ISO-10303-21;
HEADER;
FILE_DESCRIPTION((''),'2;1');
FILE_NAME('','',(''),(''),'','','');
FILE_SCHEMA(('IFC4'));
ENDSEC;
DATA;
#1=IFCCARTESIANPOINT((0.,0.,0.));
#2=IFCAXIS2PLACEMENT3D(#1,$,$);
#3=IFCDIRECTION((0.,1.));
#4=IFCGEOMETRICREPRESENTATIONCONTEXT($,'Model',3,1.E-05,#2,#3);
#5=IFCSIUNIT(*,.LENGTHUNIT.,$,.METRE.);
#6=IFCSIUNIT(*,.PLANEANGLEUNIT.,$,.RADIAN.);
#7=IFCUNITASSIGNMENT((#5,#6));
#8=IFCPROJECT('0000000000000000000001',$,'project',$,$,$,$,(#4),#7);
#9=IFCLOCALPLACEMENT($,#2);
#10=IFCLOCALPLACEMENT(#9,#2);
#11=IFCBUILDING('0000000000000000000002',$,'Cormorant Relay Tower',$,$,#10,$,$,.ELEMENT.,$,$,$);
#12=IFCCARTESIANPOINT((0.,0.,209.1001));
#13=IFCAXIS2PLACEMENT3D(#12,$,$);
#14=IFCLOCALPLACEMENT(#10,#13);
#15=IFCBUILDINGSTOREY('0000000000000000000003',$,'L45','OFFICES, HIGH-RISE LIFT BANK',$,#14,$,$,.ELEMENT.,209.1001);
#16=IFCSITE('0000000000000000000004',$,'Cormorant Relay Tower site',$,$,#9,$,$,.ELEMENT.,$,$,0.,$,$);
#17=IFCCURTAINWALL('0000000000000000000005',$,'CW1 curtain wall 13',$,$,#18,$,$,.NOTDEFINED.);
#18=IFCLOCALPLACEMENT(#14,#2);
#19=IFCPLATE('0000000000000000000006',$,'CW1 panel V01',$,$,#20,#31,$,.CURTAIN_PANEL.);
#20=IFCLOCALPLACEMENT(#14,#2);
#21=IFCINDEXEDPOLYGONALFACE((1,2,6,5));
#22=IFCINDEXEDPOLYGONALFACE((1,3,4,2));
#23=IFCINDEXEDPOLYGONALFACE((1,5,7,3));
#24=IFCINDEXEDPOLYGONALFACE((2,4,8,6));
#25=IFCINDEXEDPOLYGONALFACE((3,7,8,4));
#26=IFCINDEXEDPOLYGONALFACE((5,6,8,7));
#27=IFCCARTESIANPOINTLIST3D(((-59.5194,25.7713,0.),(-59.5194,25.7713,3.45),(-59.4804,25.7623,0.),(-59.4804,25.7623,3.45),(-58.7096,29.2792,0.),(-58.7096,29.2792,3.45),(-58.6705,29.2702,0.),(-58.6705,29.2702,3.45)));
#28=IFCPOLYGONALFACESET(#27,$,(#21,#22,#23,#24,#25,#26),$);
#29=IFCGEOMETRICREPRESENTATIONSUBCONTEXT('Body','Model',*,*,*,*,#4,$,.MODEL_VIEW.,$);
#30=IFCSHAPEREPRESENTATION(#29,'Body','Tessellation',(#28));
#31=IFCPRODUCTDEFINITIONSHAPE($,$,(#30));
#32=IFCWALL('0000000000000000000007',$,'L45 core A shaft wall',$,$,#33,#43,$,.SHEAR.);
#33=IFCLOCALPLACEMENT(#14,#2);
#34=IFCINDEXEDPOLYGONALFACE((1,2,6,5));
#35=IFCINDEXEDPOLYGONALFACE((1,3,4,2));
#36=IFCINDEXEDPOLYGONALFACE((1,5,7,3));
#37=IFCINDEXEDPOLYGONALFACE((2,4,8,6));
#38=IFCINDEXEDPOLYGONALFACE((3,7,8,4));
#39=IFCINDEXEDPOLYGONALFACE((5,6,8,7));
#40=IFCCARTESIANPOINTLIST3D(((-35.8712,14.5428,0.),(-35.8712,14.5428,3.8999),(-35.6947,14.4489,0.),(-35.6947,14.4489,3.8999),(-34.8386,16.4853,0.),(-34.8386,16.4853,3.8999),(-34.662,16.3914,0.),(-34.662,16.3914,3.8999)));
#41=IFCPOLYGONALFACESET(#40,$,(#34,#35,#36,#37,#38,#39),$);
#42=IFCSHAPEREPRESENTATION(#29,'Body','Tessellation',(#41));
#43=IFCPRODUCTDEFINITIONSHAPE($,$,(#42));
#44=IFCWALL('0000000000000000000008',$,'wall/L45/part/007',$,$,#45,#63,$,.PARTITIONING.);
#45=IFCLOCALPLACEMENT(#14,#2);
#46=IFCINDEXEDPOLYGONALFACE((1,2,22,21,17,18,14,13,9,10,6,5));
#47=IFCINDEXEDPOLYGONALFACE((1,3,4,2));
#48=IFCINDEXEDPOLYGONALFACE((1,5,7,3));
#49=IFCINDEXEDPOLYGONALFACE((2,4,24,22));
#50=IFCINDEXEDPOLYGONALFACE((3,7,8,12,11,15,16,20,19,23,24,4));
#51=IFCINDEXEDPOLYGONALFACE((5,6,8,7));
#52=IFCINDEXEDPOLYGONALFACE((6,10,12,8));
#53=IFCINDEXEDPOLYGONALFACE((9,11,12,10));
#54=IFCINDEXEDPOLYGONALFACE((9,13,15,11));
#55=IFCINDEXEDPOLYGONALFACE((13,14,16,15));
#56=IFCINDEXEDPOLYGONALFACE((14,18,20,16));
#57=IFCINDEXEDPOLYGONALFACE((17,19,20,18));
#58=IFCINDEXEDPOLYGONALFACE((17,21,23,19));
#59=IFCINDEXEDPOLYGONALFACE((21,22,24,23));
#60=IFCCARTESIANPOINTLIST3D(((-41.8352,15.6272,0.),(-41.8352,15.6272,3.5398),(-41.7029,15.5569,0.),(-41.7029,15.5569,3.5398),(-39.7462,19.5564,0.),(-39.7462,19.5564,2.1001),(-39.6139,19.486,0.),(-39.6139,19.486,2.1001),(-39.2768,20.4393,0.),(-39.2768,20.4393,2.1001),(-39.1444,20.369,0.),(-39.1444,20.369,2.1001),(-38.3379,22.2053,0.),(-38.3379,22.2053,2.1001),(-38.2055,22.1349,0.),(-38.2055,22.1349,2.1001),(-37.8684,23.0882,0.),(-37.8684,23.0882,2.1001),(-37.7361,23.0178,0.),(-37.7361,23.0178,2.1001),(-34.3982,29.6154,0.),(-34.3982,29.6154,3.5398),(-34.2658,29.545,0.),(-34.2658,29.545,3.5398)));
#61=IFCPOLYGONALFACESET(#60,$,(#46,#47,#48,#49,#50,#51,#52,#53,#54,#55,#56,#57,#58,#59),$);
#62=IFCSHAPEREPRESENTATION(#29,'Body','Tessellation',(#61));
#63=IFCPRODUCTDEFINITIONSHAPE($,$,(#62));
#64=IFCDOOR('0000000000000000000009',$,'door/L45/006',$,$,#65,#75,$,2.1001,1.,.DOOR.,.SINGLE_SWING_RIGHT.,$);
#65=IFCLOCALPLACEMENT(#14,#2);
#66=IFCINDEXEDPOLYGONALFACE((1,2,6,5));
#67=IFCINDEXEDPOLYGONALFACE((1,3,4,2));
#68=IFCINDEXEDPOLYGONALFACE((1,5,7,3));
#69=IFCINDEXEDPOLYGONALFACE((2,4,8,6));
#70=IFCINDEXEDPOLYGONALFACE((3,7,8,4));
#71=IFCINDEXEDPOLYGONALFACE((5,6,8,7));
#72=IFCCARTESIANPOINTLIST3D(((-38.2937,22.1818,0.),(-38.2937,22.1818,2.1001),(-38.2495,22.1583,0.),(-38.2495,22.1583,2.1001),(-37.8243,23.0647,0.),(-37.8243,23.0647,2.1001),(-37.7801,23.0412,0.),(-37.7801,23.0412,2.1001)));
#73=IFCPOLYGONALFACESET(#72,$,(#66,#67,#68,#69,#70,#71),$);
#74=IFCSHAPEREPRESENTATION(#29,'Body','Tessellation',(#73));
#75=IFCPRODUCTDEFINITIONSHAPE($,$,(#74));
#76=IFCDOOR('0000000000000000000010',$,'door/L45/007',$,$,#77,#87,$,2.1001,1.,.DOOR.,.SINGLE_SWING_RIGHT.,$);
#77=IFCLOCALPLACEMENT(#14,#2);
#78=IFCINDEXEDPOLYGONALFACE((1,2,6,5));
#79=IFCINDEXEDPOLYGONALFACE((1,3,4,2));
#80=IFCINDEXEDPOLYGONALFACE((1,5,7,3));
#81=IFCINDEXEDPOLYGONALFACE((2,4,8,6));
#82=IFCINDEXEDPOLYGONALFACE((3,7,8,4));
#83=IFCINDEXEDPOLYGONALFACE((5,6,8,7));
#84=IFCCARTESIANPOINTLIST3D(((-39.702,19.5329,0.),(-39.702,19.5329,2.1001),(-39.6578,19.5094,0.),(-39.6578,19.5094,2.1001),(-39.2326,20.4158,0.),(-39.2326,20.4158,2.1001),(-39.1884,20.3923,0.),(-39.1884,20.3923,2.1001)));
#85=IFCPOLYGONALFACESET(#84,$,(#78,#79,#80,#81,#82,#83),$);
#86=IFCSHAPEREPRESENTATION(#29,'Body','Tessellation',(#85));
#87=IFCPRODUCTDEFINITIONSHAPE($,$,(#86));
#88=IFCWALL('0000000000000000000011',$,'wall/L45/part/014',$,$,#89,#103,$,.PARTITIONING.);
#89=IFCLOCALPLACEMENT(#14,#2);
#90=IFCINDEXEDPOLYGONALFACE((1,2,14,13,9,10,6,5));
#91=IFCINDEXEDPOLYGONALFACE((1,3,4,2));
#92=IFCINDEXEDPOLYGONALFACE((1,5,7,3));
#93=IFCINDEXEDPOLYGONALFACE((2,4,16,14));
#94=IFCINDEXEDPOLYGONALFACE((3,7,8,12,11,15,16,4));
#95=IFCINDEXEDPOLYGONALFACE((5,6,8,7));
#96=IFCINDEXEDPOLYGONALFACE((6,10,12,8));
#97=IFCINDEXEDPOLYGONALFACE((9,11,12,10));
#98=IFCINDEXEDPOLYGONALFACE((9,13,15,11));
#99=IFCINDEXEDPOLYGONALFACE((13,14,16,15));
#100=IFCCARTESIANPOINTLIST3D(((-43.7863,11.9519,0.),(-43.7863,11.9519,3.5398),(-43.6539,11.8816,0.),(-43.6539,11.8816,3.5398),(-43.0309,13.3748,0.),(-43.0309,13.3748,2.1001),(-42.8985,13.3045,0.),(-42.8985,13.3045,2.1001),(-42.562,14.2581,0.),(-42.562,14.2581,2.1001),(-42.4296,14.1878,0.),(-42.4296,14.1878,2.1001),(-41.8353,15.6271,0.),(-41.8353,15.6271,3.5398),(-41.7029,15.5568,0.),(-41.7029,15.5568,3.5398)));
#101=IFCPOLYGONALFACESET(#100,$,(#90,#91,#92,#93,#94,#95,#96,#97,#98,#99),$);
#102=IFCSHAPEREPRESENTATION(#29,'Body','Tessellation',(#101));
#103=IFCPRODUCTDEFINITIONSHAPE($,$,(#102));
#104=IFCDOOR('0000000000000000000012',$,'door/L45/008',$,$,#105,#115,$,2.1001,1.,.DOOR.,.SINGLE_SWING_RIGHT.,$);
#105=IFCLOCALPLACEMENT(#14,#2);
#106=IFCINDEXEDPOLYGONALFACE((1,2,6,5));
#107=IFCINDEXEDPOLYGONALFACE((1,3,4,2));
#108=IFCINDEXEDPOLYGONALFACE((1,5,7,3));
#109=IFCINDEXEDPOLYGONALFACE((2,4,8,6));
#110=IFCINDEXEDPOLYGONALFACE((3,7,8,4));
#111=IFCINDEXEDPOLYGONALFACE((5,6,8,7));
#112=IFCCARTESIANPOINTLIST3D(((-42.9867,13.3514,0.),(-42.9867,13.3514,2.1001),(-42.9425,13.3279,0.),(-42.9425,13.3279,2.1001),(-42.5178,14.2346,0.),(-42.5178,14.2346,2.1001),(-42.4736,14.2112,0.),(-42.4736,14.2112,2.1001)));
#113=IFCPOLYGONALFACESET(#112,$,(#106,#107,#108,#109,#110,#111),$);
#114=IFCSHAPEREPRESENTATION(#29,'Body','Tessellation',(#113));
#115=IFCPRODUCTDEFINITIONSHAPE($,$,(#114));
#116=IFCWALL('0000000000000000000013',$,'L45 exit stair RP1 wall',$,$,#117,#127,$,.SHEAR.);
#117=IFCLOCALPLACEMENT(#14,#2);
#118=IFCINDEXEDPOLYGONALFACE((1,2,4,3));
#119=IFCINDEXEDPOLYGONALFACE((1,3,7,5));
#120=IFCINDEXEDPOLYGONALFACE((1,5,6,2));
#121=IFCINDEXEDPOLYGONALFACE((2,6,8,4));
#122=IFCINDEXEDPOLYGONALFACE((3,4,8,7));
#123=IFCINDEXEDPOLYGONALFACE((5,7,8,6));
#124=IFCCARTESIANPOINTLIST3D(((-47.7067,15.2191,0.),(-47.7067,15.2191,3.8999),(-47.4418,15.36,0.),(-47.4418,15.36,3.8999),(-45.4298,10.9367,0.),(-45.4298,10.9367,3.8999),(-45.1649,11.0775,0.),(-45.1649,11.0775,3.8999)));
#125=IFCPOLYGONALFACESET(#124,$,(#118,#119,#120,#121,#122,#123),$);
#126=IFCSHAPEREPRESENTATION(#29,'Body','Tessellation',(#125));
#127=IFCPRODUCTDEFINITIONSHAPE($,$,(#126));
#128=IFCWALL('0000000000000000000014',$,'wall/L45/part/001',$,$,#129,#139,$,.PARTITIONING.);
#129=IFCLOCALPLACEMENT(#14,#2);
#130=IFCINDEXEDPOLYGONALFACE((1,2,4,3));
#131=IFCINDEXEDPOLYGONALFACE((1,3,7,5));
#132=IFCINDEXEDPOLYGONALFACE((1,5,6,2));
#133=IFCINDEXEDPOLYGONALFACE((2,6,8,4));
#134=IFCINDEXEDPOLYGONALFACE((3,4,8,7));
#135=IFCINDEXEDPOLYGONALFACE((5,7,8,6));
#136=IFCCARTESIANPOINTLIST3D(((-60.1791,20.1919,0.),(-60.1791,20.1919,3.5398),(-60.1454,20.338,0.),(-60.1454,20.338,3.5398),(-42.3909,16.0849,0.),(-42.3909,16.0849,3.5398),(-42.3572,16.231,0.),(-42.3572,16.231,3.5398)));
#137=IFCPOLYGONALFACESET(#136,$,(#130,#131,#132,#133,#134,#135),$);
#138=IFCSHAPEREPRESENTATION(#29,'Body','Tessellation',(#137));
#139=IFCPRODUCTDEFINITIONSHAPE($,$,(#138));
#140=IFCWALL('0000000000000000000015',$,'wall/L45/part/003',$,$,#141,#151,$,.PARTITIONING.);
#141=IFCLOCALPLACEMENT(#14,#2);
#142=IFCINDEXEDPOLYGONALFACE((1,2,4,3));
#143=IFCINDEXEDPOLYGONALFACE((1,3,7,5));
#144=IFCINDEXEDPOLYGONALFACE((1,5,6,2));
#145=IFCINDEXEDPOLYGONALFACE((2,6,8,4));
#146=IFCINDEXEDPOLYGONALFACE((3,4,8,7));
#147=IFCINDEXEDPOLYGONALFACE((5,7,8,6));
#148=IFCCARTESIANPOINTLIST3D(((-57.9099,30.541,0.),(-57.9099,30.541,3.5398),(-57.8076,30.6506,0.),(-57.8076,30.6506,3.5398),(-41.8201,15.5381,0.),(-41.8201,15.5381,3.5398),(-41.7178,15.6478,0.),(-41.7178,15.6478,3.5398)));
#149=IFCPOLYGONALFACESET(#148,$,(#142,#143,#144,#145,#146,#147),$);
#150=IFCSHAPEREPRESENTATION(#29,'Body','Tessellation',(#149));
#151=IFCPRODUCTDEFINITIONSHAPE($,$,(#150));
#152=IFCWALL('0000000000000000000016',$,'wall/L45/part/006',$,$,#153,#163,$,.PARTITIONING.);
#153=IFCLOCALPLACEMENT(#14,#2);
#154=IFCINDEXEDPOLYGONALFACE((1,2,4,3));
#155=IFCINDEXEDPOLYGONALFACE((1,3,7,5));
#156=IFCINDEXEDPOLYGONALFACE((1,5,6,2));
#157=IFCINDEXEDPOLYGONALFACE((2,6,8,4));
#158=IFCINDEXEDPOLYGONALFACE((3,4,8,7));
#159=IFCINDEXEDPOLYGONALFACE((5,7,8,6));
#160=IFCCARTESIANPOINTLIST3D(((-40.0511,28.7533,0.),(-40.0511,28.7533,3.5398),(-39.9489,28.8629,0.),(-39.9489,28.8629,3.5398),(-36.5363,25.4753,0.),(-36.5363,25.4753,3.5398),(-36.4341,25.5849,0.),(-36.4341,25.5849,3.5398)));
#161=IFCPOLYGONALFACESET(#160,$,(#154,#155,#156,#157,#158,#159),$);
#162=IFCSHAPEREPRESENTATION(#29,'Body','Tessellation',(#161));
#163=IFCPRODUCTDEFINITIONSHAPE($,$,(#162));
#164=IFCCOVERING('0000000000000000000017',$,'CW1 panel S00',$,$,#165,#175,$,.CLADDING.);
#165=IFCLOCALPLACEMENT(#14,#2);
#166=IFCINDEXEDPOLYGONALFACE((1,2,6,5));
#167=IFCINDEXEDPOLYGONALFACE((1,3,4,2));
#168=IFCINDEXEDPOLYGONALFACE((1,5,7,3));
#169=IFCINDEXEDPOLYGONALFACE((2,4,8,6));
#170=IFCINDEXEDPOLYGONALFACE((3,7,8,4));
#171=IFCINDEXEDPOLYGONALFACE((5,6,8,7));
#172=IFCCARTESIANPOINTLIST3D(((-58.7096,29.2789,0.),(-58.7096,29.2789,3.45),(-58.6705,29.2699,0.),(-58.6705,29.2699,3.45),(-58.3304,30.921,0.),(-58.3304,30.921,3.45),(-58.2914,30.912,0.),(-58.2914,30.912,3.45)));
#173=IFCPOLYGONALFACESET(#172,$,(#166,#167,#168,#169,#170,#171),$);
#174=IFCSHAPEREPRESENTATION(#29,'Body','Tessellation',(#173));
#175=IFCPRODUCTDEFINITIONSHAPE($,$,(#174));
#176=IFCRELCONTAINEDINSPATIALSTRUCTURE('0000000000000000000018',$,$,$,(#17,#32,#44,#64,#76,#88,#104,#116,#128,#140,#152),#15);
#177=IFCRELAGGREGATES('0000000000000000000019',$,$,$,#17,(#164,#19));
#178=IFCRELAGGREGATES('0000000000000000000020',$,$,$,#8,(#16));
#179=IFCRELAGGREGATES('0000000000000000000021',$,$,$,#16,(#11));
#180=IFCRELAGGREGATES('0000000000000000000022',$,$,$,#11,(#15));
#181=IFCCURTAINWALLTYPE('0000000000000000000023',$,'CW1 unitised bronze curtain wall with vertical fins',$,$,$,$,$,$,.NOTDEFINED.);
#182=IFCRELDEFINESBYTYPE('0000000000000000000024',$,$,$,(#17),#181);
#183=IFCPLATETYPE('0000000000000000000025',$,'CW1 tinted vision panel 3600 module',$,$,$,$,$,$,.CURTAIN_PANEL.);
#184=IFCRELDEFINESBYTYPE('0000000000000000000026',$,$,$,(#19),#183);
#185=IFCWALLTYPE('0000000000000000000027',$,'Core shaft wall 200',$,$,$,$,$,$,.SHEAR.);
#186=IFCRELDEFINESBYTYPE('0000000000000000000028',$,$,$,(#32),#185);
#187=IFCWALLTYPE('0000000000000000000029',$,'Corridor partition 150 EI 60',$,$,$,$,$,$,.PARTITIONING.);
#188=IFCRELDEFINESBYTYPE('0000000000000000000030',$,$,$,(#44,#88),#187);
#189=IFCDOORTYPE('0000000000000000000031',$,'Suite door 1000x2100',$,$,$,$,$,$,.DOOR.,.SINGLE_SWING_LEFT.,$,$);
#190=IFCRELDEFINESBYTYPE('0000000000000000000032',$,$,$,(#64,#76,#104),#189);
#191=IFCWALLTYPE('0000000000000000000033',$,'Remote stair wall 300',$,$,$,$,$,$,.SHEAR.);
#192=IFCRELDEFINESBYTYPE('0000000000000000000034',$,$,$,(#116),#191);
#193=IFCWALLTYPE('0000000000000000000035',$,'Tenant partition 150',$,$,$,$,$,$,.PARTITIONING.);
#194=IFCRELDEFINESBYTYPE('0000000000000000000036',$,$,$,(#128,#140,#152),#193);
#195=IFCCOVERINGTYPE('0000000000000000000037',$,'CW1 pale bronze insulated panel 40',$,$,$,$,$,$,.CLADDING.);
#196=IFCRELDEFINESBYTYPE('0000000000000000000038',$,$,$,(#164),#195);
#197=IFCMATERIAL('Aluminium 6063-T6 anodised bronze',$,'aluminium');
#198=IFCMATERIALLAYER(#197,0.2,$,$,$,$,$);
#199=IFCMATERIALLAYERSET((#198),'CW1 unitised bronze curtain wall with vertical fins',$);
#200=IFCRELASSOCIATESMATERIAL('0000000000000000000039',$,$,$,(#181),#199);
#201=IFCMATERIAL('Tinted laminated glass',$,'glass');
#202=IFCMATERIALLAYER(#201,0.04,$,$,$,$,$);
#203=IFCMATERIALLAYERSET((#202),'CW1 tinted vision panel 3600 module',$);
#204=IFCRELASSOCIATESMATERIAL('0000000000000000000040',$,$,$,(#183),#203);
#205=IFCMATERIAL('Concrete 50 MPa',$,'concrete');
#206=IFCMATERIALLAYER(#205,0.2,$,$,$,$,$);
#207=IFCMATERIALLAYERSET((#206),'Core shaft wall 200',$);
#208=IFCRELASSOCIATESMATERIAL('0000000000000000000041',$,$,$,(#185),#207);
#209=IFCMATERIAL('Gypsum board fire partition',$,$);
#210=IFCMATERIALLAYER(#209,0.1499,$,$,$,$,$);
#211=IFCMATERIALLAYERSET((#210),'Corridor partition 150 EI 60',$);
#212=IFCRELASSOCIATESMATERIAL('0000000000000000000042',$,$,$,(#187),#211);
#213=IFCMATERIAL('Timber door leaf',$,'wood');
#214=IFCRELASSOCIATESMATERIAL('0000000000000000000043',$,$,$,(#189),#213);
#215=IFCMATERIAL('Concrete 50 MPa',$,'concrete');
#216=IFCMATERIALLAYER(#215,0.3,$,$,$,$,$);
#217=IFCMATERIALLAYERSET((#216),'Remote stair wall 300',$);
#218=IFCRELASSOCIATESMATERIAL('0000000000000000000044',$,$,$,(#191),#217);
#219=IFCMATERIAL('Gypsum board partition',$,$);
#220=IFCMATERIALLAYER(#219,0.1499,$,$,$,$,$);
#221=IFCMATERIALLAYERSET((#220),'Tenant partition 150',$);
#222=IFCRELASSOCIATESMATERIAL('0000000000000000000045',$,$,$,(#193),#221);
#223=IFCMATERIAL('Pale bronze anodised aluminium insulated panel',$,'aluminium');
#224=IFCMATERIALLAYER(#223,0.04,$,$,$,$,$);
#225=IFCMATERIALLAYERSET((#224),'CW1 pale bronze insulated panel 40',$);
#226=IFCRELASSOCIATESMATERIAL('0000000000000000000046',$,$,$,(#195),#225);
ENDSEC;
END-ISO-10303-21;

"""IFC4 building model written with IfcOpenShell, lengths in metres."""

from ifc_helpers import new_model, si_unit, direction, frame, frame_2d, origin, origin_2d, place, context, subcontext, project, spatial, rectangle, extrude, material, layer, layer_set, type_object, element, fill, aggregate, save


model = new_model("IFC4")

# Units and contexts
model_context = context("Model", 3, precision=1e-05, world=origin(), true_north=direction((0.0, 1.0)))
body_context = subcontext(model_context, "Body", "Model", "MODEL_VIEW")
ifc_project = project(units=[si_unit("LENGTHUNIT", "METRE"), si_unit("PLANEANGLEUNIT", "RADIAN")], contexts=[model_context])

# Site, building, storey
site_placement = place(None, origin())
site = spatial("IfcSite", under=ifc_project, at=site_placement, Name="Cormorant Relay Tower site", CompositionType="ELEMENT", RefElevation=0.0)
building_placement = place(site_placement, origin())
building = spatial("IfcBuilding", under=site, at=building_placement, Name="Cormorant Relay Tower", CompositionType="ELEMENT")
storey_placement = place(building_placement, frame((0.0, 0.0, 209.1001)))
storey = spatial("IfcBuildingStorey", under=building, at=storey_placement, Name="L45", Description="OFFICES, HIGH-RISE LIFT BANK", CompositionType="ELEMENT", Elevation=209.1001)

# Curtain wall
ifc_material_1 = material(Name="Aluminium 6063-T6 anodised bronze", Category="aluminium")
ifc_layer_1 = layer(ifc_material_1, 0.2)
ifc_layer_set_1 = layer_set([ifc_layer_1], Name="CW1 unitised bronze curtain wall with vertical fins")
curtain_wall_type = type_object("IfcCurtainWallType", Name="CW1 unitised bronze curtain wall with vertical fins", PredefinedType="NOTDEFINED", material=ifc_layer_set_1)
curtain_wall_1_placement = place(storey_placement, origin())
curtain_wall_1 = element("IfcCurtainWall", 1, at=curtain_wall_1_placement, inside=storey, type_object=curtain_wall_type, Name="CW1 curtain wall 13", PredefinedType="NOTDEFINED")

# Plate
ifc_material_2 = material(Name="Tinted laminated glass", Category="glass")
ifc_layer_2 = layer(ifc_material_2, 0.04)
ifc_layer_set_2 = layer_set([ifc_layer_2], Name="CW1 tinted vision panel 3600 module")
plate_type_1 = type_object("IfcPlateType", Name="CW1 tinted vision panel 3600 module", PredefinedType="CURTAIN_PANEL", material=ifc_layer_set_2)
plate_1_placement = place(storey_placement, frame((-59.095, 27.5208, 0.0), z_axis=(0.0, 0.0, 1.0), x_axis=(-0.224951, -0.97437, 0.0)))
plate_1 = element("IfcPlate", 2, at=plate_1_placement, type_object=plate_type_1, Name="CW1 panel V01", PredefinedType="CURTAIN_PANEL", context=body_context, shape_type="SweptSolid", body=[
    extrude(rectangle(XDim=3.6001, YDim=0.04, at=origin_2d()), origin(), (0.0, 0.0, 1.0), 3.45),
])

# Wall
ifc_material_3 = material(Name="Concrete 50 MPa", Category="concrete")
ifc_layer_3 = layer(ifc_material_3, 0.2)
ifc_layer_set_3 = layer_set([ifc_layer_3], Name="Core shaft wall 200")
wall_type_1 = type_object("IfcWallType", Name="Core shaft wall 200", PredefinedType="SHEAR", material=ifc_layer_set_3)
wall_1_placement = place(storey_placement, frame((-34.7502, 16.4385, 0.0), z_axis=(0.0, 0.0, 1.0), x_axis=(-0.469401, -0.882985, 0.0)))
element("IfcWall", 3, at=wall_1_placement, inside=storey, type_object=wall_type_1, Name="L45 core A shaft wall", PredefinedType="SHEAR", context=body_context, shape_type="SweptSolid", body=[
    extrude(rectangle(XDim=2.2, YDim=0.2, at=frame_2d((1.1001, 0.0))), origin(), (0.0, 0.0, 1.0), 3.8999),
])

# Wall, openings, doors
ifc_material_4 = material(Name="Gypsum board fire partition")
ifc_layer_4 = layer(ifc_material_4, 0.1499)
ifc_layer_set_4 = layer_set([ifc_layer_4], Name="Corridor partition 150 EI 60")
wall_type_2 = type_object("IfcWallType", Name="Corridor partition 150 EI 60", PredefinedType="PARTITIONING", material=ifc_layer_set_4)
wall_2_placement = place(storey_placement, frame((-41.769, 15.592, 0.0), z_axis=(0.0, 0.0, 1.0), x_axis=(0.469444, 0.882962, 0.0)))
wall_2 = element("IfcWall", 4, at=wall_2_placement, inside=storey, type_object=wall_type_2, Name="wall/L45/part/007", PredefinedType="PARTITIONING", context=body_context, shape_type="SweptSolid", body=[
    extrude(rectangle(XDim=15.8423, YDim=0.1499, at=frame_2d((7.9211, 0.0))), origin(), (0.0, 0.0, 1.0), 3.5398),
])
opening_1_placement = place(wall_2_placement, frame((7.45, 0.0, 0.0)))
opening_1 = element("IfcOpeningElement", 5, at=opening_1_placement, cuts=wall_2, PredefinedType="OPENING", context=body_context, shape_type="SweptSolid", body=[
    extrude(rectangle(XDim=1.0, YDim=2.1001, at=frame_2d((0.5, 1.05))), frame((0.0, 0.085, 0.0), z_axis=(0.0, -1.0, 0.0), x_axis=(1.0, 0.0, 0.0)), (0.0, 0.0, 1.0), 0.1699),
])
opening_2_placement = place(wall_2_placement, frame((4.45, 0.0, 0.0)))
opening_2 = element("IfcOpeningElement", 6, at=opening_2_placement, cuts=wall_2, PredefinedType="OPENING", context=body_context, shape_type="SweptSolid", body=[
    extrude(rectangle(XDim=1.0, YDim=2.1001, at=frame_2d((0.5, 1.05))), frame((0.0, 0.085, 0.0), z_axis=(0.0, -1.0, 0.0), x_axis=(1.0, 0.0, 0.0)), (0.0, 0.0, 1.0), 0.1699),
])
ifc_material_5 = material(Name="Timber door leaf", Category="wood")
door_type = type_object("IfcDoorType", Name="Suite door 1000x2100", OperationType="SINGLE_SWING_LEFT", PredefinedType="DOOR", material=ifc_material_5)
door_1_placement = place(opening_1_placement, origin())
door_1 = element("IfcDoor", 7, at=door_1_placement, inside=storey, type_object=door_type, Name="door/L45/006", OperationType="SINGLE_SWING_RIGHT", OverallHeight=2.1001, OverallWidth=1.0, PredefinedType="DOOR", context=body_context, shape_type="SweptSolid", body=[
    extrude(rectangle(XDim=1.0, YDim=2.1001, at=frame_2d((0.5, 1.05))), frame((0.0, 0.0249, 0.0), z_axis=(0.0, -1.0, 0.0), x_axis=(1.0, 0.0, 0.0)), (0.0, 0.0, 1.0), 0.05),
])
fill(opening_1, door_1)
door_2_placement = place(opening_2_placement, origin())
door_2 = element("IfcDoor", 8, at=door_2_placement, inside=storey, type_object=door_type, Name="door/L45/007", OperationType="SINGLE_SWING_RIGHT", OverallHeight=2.1001, OverallWidth=1.0, PredefinedType="DOOR", context=body_context, shape_type="SweptSolid", body=[
    extrude(rectangle(XDim=1.0, YDim=2.1001, at=frame_2d((0.5, 1.05))), frame((0.0, 0.0249, 0.0), z_axis=(0.0, -1.0, 0.0), x_axis=(1.0, 0.0, 0.0)), (0.0, 0.0, 1.0), 0.05),
])
fill(opening_2, door_2)

# Wall, opening, door
wall_3_placement = place(storey_placement, frame((-41.769, 15.592, 0.0), z_axis=(0.0, 0.0, 1.0), x_axis=(-0.468885, -0.883259, 0.0)))
wall_3 = element("IfcWall", 9, at=wall_3_placement, inside=storey, type_object=wall_type_2, Name="wall/L45/part/014", PredefinedType="PARTITIONING", context=body_context, shape_type="SweptSolid", body=[
    extrude(rectangle(XDim=4.1609, YDim=0.1499, at=frame_2d((2.0806, 0.0))), origin(), (0.0, 0.0, 1.0), 3.5398),
])
opening_3_placement = place(wall_3_placement, frame((1.55, 0.0, 0.0)))
opening_3 = element("IfcOpeningElement", 10, at=opening_3_placement, cuts=wall_3, PredefinedType="OPENING", context=body_context, shape_type="SweptSolid", body=[
    extrude(rectangle(XDim=1.0, YDim=2.1001, at=frame_2d((0.5, 1.05))), frame((0.0, 0.085, 0.0), z_axis=(0.0, -1.0, 0.0), x_axis=(1.0, 0.0, 0.0)), (0.0, 0.0, 1.0), 0.1699),
])
door_3_placement = place(opening_3_placement, frame((1.0, 0.0, 0.0), z_axis=(0.0, 0.0, 1.0), x_axis=(-1.0, 0.0, 0.0)))
door_3 = element("IfcDoor", 11, at=door_3_placement, inside=storey, type_object=door_type, Name="door/L45/008", OperationType="SINGLE_SWING_RIGHT", OverallHeight=2.1001, OverallWidth=1.0, PredefinedType="DOOR", context=body_context, shape_type="SweptSolid", body=[
    extrude(rectangle(XDim=1.0, YDim=2.1001, at=frame_2d((0.5, 1.05))), frame((0.0, 0.0249, 0.0), z_axis=(0.0, -1.0, 0.0), x_axis=(1.0, 0.0, 0.0)), (0.0, 0.0, 1.0), 0.05),
])
fill(opening_3, door_3)

# Walls
ifc_material_6 = material(Name="Concrete 50 MPa", Category="concrete")
ifc_layer_5 = layer(ifc_material_6, 0.3)
ifc_layer_set_5 = layer_set([ifc_layer_5], Name="Remote stair wall 300")
wall_type_3 = type_object("IfcWallType", Name="Remote stair wall 300", PredefinedType="SHEAR", material=ifc_layer_set_5)
wall_4_placement = place(storey_placement, frame((-47.5742, 15.2896, 0.0), z_axis=(0.0, 0.0, 1.0), x_axis=(0.469443, -0.882963, 0.0)))
element("IfcWall", 12, at=wall_4_placement, inside=storey, type_object=wall_type_3, Name="L45 exit stair RP1 wall", PredefinedType="SHEAR", context=body_context, shape_type="SweptSolid", body=[
    extrude(rectangle(XDim=4.8501, YDim=0.3, at=frame_2d((2.425, 0.0))), origin(), (0.0, 0.0, 1.0), 3.8999),
])
ifc_material_7 = material(Name="Gypsum board partition")
ifc_layer_6 = layer(ifc_material_7, 0.1499)
ifc_layer_set_6 = layer_set([ifc_layer_6], Name="Tenant partition 150")
wall_type_4 = type_object("IfcWallType", Name="Tenant partition 150", PredefinedType="PARTITIONING", material=ifc_layer_set_6)
wall_5_placement = place(storey_placement, frame((-60.1621, 20.2649, 0.0), z_axis=(0.0, 0.0, 1.0), x_axis=(0.974367, -0.224963, 0.0)))
element("IfcWall", 13, at=wall_5_placement, inside=storey, type_object=wall_type_4, Name="wall/L45/part/001", PredefinedType="PARTITIONING", context=body_context, shape_type="SweptSolid", body=[
    extrude(rectangle(XDim=18.2561, YDim=0.1499, at=frame_2d((9.1279, 0.0))), origin(), (0.0, 0.0, 1.0), 3.5398),
])
wall_6_placement = place(storey_placement, frame((-41.769, 15.593, 0.0), z_axis=(0.0, 0.0, 1.0), x_axis=(-0.731378, 0.681972, 0.0)))
element("IfcWall", 14, at=wall_6_placement, inside=storey, type_object=wall_type_4, Name="wall/L45/part/003", PredefinedType="PARTITIONING", context=body_context, shape_type="SweptSolid", body=[
    extrude(rectangle(XDim=21.9993, YDim=0.1499, at=frame_2d((10.9995, 0.0))), origin(), (0.0, 0.0, 1.0), 3.5398),
])
wall_7_placement = place(storey_placement, frame((-40.0, 28.8081, 0.0), z_axis=(0.0, 0.0, 1.0), x_axis=(0.731314, -0.682041, 0.0)))
element("IfcWall", 15, at=wall_7_placement, inside=storey, type_object=wall_type_4, Name="wall/L45/part/006", PredefinedType="PARTITIONING", context=body_context, shape_type="SweptSolid", body=[
    extrude(rectangle(XDim=4.8062, YDim=0.1499, at=frame_2d((2.4031, 0.0))), origin(), (0.0, 0.0, 1.0), 3.5398),
])

# Covering
ifc_material_8 = material(Name="Pale bronze anodised aluminium insulated panel", Category="aluminium")
ifc_layer_7 = layer(ifc_material_8, 0.04)
ifc_layer_set_7 = layer_set([ifc_layer_7], Name="CW1 pale bronze insulated panel 40")
covering_type = type_object("IfcCoveringType", Name="CW1 pale bronze insulated panel 40", PredefinedType="CLADDING", material=ifc_layer_set_7)
covering_1_placement = place(storey_placement, frame((-58.5005, 30.0955, 0.0), z_axis=(0.0, 0.0, 1.0), x_axis=(-0.224951, -0.97437, 0.0)))
covering_1 = element("IfcCovering", 16, at=covering_1_placement, type_object=covering_type, Name="CW1 panel S00", PredefinedType="CLADDING", context=body_context, shape_type="SweptSolid", body=[
    extrude(rectangle(XDim=1.6853, YDim=0.04, at=origin_2d()), origin(), (0.0, 0.0, 1.0), 3.45),
])
aggregate(curtain_wall_1, [covering_1, plate_1])

save(model, "model.ifc")
